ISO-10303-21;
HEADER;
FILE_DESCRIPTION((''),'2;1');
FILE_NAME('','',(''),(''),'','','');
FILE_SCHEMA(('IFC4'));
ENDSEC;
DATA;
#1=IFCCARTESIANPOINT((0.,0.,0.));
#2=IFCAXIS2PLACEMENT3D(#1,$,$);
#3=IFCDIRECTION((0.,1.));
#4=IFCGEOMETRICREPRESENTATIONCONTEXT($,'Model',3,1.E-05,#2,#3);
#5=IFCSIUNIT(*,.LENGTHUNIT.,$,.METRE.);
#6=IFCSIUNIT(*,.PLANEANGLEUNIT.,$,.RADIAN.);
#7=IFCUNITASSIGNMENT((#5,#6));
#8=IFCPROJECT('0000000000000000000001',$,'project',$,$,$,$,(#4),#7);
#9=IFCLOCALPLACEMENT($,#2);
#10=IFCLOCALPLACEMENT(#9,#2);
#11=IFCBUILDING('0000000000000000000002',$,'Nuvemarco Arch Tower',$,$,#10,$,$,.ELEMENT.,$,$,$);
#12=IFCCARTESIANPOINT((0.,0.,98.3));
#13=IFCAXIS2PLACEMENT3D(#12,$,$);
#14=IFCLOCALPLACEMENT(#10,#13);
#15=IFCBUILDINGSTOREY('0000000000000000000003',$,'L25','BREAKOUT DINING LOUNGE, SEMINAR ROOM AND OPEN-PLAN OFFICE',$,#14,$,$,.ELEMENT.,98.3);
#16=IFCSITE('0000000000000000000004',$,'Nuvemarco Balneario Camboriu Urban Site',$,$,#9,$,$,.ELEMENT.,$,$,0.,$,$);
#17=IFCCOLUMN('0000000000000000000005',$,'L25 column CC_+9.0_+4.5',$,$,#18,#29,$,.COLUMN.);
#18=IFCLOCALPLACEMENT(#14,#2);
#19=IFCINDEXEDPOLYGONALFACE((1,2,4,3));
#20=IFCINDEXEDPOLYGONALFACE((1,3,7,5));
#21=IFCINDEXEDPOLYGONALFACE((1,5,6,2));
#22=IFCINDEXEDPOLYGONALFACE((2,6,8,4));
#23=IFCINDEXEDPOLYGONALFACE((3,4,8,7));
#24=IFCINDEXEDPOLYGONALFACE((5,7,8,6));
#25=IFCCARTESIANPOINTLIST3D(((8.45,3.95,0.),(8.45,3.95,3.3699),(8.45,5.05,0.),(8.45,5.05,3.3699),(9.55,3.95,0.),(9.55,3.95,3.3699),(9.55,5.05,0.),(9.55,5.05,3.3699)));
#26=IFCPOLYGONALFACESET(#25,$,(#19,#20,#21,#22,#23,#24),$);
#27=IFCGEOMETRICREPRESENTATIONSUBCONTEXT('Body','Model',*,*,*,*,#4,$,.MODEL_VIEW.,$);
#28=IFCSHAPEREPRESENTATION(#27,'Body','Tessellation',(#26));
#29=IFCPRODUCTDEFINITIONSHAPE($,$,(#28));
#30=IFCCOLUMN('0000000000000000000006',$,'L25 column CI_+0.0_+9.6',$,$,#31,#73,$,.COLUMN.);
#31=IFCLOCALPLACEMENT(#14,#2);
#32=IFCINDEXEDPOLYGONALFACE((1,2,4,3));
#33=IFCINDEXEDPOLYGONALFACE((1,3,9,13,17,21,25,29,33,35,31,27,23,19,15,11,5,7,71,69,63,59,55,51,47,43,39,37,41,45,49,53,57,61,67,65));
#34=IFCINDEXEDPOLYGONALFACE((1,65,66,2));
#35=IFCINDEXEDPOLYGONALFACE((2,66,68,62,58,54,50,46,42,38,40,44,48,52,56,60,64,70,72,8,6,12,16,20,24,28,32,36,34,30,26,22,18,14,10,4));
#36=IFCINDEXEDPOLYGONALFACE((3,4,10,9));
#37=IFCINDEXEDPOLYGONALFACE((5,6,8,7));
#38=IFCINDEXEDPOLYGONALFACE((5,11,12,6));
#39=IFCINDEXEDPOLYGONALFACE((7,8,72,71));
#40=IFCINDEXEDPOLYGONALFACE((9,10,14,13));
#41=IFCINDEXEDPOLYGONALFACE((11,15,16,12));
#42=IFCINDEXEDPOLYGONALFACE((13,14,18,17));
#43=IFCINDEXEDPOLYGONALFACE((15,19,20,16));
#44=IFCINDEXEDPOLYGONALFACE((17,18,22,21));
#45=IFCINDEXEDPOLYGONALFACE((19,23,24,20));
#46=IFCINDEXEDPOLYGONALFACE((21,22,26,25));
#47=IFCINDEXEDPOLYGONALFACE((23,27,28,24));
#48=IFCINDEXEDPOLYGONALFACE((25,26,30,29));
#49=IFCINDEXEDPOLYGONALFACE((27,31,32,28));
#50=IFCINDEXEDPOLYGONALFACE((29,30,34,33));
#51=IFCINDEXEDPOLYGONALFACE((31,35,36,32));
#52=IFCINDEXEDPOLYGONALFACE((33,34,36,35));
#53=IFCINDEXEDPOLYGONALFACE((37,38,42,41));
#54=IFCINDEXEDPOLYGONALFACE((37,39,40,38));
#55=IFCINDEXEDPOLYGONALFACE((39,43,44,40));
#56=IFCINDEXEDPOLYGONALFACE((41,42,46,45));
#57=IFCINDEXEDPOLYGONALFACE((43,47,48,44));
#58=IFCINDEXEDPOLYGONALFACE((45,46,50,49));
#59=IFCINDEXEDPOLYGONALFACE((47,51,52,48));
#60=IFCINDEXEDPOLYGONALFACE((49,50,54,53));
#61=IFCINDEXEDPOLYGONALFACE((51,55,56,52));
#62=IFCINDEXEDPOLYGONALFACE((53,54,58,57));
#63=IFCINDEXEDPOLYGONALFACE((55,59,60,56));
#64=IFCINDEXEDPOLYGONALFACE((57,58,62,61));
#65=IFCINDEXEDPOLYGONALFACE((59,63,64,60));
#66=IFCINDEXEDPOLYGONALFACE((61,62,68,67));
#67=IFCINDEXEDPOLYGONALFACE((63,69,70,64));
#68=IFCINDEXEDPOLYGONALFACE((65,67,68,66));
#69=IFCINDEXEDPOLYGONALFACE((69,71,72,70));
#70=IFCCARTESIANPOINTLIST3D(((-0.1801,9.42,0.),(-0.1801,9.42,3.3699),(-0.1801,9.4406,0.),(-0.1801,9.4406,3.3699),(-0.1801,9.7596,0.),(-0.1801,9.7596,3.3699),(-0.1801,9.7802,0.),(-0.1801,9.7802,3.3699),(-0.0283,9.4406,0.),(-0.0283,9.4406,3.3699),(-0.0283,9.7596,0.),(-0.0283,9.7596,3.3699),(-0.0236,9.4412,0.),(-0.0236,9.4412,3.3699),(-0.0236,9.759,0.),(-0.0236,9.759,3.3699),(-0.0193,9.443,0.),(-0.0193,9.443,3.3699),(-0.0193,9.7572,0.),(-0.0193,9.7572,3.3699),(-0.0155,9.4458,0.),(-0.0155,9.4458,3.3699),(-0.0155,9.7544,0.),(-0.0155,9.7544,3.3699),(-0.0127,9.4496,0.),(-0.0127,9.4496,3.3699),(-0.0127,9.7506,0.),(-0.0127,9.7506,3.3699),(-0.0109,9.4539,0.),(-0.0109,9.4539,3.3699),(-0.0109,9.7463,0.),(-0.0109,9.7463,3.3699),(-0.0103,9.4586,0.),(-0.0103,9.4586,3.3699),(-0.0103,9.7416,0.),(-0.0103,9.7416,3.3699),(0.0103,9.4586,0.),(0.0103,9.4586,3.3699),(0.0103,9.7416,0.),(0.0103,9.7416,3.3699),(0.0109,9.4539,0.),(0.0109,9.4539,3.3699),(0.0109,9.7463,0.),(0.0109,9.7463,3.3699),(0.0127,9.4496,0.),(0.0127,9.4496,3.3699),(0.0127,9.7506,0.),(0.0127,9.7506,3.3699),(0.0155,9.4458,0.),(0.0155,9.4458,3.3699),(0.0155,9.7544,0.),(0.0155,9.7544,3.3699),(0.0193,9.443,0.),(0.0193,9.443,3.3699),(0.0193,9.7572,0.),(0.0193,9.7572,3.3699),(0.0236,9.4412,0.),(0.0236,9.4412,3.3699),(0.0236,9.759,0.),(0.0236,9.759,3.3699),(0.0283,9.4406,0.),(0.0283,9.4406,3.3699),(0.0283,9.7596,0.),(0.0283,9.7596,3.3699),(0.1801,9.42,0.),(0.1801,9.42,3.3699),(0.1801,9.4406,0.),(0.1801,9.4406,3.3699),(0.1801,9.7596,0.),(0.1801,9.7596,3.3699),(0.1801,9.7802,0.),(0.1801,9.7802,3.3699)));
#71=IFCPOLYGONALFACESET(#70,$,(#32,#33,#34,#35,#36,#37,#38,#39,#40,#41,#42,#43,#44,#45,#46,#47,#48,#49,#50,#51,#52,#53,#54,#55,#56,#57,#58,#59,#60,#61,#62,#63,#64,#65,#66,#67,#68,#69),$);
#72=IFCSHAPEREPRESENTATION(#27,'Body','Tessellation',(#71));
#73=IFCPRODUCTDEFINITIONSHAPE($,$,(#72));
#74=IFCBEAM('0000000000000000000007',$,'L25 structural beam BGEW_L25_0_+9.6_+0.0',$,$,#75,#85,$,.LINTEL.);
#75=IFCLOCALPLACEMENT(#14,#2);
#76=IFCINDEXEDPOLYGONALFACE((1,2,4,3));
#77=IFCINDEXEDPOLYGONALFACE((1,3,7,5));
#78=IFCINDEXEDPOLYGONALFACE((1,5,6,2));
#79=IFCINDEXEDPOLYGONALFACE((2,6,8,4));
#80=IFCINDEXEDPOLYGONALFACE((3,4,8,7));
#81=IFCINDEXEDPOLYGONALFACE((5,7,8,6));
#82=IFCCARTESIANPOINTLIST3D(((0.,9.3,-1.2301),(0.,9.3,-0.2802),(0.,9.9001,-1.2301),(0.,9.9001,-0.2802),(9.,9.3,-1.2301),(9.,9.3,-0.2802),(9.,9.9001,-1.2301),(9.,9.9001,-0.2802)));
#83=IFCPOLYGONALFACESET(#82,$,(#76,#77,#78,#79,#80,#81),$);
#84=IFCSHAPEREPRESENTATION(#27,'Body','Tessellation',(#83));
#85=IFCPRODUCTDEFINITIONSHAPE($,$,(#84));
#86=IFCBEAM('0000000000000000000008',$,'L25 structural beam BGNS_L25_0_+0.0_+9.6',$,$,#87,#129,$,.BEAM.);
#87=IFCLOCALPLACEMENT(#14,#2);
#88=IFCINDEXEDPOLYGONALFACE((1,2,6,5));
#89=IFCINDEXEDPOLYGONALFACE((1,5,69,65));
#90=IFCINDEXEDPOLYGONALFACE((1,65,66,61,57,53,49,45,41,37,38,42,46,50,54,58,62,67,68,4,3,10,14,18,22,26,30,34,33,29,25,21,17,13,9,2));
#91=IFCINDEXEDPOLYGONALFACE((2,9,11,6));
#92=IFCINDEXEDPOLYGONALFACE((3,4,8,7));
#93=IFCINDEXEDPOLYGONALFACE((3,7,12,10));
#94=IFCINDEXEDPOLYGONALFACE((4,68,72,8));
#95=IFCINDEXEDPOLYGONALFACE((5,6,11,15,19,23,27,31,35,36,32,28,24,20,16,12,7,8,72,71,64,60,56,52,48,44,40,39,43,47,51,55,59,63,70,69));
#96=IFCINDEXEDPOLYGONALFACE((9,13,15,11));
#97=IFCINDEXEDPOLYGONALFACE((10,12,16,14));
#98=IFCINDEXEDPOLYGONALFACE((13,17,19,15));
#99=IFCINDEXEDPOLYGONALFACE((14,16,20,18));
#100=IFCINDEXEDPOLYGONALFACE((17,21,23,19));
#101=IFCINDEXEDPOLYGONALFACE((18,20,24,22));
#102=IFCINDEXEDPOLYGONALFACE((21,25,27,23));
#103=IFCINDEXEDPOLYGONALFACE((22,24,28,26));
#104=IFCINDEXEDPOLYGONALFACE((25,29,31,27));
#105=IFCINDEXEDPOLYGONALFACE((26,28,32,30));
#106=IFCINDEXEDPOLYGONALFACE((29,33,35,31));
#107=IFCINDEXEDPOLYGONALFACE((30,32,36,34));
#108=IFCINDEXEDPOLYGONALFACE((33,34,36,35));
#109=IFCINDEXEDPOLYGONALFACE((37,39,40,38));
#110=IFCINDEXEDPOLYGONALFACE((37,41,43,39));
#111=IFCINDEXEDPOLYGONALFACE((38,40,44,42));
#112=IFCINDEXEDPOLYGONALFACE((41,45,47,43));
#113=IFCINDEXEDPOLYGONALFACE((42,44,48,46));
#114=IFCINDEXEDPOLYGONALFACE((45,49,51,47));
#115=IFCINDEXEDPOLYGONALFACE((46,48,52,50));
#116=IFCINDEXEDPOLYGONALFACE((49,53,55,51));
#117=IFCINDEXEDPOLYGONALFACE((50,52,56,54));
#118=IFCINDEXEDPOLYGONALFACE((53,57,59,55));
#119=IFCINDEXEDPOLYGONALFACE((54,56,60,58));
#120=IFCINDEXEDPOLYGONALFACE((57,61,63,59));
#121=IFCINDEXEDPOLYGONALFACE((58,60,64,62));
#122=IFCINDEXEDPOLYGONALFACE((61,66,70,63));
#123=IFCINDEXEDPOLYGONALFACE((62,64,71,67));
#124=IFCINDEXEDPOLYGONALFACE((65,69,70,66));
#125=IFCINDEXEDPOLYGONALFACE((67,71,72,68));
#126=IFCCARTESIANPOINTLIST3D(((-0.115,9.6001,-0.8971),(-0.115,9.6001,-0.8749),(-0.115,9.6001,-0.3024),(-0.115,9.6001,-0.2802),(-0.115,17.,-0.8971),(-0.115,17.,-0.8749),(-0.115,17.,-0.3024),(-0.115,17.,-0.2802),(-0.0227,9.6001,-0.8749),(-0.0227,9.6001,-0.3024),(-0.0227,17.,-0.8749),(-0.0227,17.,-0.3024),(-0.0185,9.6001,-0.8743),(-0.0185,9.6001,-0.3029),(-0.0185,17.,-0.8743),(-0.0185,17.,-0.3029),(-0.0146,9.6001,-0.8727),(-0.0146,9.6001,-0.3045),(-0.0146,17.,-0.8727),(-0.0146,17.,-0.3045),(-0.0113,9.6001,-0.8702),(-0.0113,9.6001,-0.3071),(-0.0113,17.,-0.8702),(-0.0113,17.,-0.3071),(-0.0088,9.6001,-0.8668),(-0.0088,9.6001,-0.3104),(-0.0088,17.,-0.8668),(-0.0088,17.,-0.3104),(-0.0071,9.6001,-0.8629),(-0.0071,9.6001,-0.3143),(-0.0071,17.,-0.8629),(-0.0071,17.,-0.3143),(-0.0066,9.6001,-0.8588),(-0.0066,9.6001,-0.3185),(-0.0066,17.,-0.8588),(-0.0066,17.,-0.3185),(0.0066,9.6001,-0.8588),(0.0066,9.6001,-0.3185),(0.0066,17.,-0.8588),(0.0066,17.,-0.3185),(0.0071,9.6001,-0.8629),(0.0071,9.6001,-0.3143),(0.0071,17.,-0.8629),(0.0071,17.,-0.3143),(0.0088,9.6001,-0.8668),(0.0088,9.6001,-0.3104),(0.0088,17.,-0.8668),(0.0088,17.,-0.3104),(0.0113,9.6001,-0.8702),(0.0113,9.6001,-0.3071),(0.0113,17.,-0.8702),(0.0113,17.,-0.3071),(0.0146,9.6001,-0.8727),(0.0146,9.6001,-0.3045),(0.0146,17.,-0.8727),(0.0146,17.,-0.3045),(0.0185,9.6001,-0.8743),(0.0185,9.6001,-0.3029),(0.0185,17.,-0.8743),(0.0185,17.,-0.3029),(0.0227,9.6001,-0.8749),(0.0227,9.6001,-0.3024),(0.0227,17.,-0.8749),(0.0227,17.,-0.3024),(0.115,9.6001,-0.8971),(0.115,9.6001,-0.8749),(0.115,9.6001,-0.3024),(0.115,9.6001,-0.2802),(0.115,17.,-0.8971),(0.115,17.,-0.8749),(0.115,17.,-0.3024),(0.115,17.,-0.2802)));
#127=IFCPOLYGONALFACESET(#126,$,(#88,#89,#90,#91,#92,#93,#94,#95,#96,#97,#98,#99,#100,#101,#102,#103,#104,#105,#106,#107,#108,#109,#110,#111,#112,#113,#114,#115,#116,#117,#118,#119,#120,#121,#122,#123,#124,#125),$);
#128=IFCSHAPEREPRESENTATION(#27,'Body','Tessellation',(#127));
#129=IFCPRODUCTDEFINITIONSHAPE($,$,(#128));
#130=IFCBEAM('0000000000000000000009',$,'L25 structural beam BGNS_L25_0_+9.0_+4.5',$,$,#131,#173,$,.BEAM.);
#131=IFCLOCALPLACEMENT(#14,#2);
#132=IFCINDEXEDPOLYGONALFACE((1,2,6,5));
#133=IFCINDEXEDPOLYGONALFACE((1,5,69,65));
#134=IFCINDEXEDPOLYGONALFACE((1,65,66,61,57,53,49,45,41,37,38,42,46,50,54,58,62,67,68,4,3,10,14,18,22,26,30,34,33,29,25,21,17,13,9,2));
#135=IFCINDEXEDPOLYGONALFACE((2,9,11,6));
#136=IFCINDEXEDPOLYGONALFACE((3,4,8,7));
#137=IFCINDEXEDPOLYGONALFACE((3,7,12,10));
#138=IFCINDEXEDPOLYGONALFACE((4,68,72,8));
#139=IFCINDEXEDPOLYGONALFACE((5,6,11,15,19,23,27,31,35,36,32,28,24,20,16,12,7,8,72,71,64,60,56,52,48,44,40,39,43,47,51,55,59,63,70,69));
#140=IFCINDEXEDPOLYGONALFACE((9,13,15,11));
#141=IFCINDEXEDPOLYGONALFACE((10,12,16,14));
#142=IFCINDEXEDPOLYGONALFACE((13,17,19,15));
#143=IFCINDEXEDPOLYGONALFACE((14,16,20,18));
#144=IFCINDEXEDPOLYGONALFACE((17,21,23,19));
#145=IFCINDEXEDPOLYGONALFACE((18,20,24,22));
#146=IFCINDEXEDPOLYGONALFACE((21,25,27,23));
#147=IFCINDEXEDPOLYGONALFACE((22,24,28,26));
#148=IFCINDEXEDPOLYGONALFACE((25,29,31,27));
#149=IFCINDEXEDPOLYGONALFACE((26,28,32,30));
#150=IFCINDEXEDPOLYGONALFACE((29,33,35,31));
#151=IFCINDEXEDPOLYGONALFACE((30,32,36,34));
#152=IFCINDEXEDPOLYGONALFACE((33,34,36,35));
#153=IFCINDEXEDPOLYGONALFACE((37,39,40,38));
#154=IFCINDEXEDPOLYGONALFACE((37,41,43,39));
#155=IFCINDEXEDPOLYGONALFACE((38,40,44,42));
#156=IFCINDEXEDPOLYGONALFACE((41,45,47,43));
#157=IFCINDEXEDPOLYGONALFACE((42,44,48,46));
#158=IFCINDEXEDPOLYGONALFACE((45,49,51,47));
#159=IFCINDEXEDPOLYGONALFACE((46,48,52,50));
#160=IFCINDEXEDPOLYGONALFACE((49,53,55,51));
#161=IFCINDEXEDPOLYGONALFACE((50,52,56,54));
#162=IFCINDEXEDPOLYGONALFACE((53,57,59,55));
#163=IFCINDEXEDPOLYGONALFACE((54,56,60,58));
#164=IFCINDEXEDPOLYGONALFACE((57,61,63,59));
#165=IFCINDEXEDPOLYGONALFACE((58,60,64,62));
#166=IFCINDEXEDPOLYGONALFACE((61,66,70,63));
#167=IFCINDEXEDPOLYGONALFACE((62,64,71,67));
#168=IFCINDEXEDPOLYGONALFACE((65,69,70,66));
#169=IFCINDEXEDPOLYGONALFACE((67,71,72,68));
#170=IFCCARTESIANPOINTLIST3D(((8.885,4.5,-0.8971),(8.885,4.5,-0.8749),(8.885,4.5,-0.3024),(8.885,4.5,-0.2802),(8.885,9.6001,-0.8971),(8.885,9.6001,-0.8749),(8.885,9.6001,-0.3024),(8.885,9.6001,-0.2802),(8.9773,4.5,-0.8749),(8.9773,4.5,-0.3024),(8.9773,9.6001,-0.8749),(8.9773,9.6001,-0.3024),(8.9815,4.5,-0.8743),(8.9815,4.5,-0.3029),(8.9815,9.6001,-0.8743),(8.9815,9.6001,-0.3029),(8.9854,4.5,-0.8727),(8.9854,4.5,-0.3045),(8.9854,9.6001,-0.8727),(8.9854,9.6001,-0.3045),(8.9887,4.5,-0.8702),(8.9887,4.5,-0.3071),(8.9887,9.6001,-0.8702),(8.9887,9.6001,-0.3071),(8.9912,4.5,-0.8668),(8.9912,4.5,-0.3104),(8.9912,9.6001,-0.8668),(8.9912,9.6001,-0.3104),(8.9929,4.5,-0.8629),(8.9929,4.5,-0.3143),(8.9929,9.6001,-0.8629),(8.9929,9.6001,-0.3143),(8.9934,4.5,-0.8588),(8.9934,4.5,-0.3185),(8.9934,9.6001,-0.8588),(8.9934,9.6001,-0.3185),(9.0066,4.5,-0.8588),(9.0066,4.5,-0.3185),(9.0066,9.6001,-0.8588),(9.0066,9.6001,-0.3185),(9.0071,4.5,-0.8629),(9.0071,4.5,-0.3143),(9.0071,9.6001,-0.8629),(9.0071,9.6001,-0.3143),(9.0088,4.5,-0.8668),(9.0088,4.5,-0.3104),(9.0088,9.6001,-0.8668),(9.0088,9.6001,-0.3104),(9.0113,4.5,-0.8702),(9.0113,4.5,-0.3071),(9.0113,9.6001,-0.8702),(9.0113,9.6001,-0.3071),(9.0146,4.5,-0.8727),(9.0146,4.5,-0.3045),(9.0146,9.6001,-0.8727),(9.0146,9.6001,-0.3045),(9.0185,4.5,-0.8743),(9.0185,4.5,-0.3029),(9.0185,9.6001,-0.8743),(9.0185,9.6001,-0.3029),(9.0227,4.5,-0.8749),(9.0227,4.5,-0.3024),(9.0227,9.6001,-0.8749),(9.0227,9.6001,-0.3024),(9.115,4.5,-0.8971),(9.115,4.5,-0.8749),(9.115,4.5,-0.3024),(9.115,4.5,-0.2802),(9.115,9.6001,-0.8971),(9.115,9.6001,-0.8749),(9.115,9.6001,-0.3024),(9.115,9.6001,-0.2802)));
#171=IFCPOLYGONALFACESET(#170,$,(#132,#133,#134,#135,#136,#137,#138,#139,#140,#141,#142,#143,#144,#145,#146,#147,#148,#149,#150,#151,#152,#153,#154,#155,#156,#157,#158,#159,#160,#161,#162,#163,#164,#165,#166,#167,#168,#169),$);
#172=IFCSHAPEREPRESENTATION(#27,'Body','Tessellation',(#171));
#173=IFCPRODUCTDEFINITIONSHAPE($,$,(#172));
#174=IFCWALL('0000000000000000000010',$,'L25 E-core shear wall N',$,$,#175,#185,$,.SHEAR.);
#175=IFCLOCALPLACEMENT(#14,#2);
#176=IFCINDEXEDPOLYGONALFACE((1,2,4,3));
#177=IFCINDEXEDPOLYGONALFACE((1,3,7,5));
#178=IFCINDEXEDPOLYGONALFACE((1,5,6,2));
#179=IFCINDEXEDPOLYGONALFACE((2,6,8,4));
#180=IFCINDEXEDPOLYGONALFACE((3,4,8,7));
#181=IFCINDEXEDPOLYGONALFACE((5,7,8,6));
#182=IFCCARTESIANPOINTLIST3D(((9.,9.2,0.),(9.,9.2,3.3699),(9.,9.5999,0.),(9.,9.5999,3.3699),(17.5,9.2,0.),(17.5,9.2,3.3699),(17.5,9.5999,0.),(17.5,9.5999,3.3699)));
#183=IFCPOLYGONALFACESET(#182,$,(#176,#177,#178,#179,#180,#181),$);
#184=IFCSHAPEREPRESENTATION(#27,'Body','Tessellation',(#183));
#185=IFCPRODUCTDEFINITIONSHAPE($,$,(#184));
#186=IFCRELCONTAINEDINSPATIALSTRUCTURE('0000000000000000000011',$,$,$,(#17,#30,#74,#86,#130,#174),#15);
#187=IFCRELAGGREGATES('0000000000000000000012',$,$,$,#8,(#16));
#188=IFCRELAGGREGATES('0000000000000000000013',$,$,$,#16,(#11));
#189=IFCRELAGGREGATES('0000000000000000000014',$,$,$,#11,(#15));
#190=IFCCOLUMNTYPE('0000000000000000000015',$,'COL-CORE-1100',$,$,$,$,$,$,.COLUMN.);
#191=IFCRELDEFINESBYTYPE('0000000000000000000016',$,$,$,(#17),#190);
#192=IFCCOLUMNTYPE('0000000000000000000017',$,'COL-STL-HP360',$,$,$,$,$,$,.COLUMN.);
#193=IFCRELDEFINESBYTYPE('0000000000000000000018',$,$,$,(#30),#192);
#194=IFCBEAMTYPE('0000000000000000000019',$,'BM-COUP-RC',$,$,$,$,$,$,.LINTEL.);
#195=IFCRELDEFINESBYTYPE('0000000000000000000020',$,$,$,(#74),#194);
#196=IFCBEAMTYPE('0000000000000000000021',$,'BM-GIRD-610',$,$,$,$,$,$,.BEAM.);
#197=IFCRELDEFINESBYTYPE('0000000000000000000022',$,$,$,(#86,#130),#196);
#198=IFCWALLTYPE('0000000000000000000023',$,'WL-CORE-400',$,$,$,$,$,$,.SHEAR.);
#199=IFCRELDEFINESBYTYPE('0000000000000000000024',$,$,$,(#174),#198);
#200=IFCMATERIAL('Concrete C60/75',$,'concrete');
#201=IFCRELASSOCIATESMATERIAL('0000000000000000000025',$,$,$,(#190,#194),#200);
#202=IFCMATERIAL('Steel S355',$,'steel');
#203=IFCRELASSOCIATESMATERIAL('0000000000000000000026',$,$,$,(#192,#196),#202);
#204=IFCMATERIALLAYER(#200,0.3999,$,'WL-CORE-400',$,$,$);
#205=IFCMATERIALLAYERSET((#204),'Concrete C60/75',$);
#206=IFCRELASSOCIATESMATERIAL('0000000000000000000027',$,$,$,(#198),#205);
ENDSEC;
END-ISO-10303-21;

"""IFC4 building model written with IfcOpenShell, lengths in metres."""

from ifc_helpers import new_model, si_unit, direction, frame, frame_2d, origin, origin_2d, place, context, subcontext, project, spatial, rectangle, i_section, extrude, material, layer, layer_set, material_profile, profile_set, type_object, element, save


model = new_model("IFC4")

# Units and contexts
model_context = context("Model", 3, precision=1e-05, world=origin(), true_north=direction((0.0, 1.0)))
body_context = subcontext(model_context, "Body", "Model", "MODEL_VIEW")
ifc_project = project(units=[si_unit("LENGTHUNIT", "METRE"), si_unit("PLANEANGLEUNIT", "RADIAN")], contexts=[model_context])

# Site, building, storey
site_placement = place(None, origin())
site = spatial("IfcSite", under=ifc_project, at=site_placement, Name="Nuvemarco Balneario Camboriu Urban Site", CompositionType="ELEMENT", RefElevation=0.0)
building_placement = place(site_placement, origin())
building = spatial("IfcBuilding", under=site, at=building_placement, Name="Nuvemarco Arch Tower", CompositionType="ELEMENT")
storey_placement = place(building_placement, frame((0.0, 0.0, 98.3)))
storey = spatial("IfcBuildingStorey", under=building, at=storey_placement, Name="L25", Description="BREAKOUT DINING LOUNGE, SEMINAR ROOM AND OPEN-PLAN OFFICE", CompositionType="ELEMENT", Elevation=98.3)

# Columns
ifc_material_1 = material(Name="Concrete C60/75", Category="concrete")
ifc_material_profile_1 = material_profile(ifc_material_1, rectangle(XDim=1.1001, YDim=1.1001, at=origin_2d()), Name="RC-COL-1100x1100")
ifc_profile_set_1 = profile_set([ifc_material_profile_1], Name="Concrete C60/75")
column_type_1 = type_object("IfcColumnType", Name="COL-CORE-1100", PredefinedType="COLUMN", material=ifc_profile_set_1)
column_1_placement = place(storey_placement, frame((9.0, 4.5, 0.0), z_axis=(0.0, 0.0, 1.0), x_axis=(1.0, 0.0, 0.0)))
element("IfcColumn", 1, at=column_1_placement, inside=storey, type_object=column_type_1, Name="L25 column CC_+9.0_+4.5", PredefinedType="COLUMN", context=body_context, shape_type="SweptSolid", body=[
    extrude(rectangle(XDim=1.1001, YDim=1.1001, at=origin_2d()), origin(), (0.0, 0.0, 1.0), 3.3699),
])
ifc_material_2 = material(Name="Steel S355", Category="steel")
ifc_material_profile_2 = material_profile(ifc_material_2, i_section(OverallWidth=0.3601, OverallDepth=0.3601, WebThickness=0.0205, FlangeThickness=0.0205, FilletRadius=0.0181, at=origin_2d()), Name="HP360x174")
ifc_profile_set_2 = profile_set([ifc_material_profile_2], Name="Steel S355")
column_type_2 = type_object("IfcColumnType", Name="COL-STL-HP360", PredefinedType="COLUMN", material=ifc_profile_set_2)
column_2_placement = place(storey_placement, frame((0.0, 9.6001, 0.0), z_axis=(0.0, 0.0, 1.0), x_axis=(1.0, 0.0, 0.0)))
element("IfcColumn", 2, at=column_2_placement, inside=storey, type_object=column_type_2, Name="L25 column CI_+0.0_+9.6", PredefinedType="COLUMN", context=body_context, shape_type="SweptSolid", body=[
    extrude(i_section(OverallWidth=0.3601, OverallDepth=0.3601, WebThickness=0.0205, FlangeThickness=0.0205, FilletRadius=0.0181, at=origin_2d()), origin(), (0.0, 0.0, 1.0), 3.3699),
])

# Beams
ifc_material_profile_3 = material_profile(ifc_material_1, rectangle(XDim=0.6001, YDim=0.95, at=origin_2d()), Name="RC-BM-600x950")
ifc_profile_set_3 = profile_set([ifc_material_profile_3], Name="Concrete C60/75")
beam_type_1 = type_object("IfcBeamType", Name="BM-COUP-RC", PredefinedType="LINTEL", material=ifc_profile_set_3)
beam_1_placement = place(storey_placement, frame((0.0, 9.6001, -0.7551), z_axis=(1.0, 0.0, 0.0), x_axis=(0.0, 1.0, 0.0)))
element("IfcBeam", 3, at=beam_1_placement, inside=storey, type_object=beam_type_1, Name="L25 structural beam BGEW_L25_0_+9.6_+0.0", PredefinedType="LINTEL", context=body_context, shape_type="SweptSolid", body=[
    extrude(rectangle(XDim=0.6001, YDim=0.95, at=origin_2d()), origin(), (0.0, 0.0, 1.0), 9.0),
])
ifc_material_profile_4 = material_profile(ifc_material_2, i_section(OverallWidth=0.23, OverallDepth=0.6169, WebThickness=0.0132, FlangeThickness=0.0222, FilletRadius=0.0161, at=origin_2d()), Name="W610x140")
ifc_profile_set_4 = profile_set([ifc_material_profile_4], Name="Steel S355")
beam_type_2 = type_object("IfcBeamType", Name="BM-GIRD-610", PredefinedType="BEAM", material=ifc_profile_set_4)
beam_2_placement = place(storey_placement, frame((0.0, 9.6001, -0.5886), z_axis=(0.0, 1.0, 0.0), x_axis=(-1.0, 0.0, 0.0)))
element("IfcBeam", 4, at=beam_2_placement, inside=storey, type_object=beam_type_2, Name="L25 structural beam BGNS_L25_0_+0.0_+9.6", PredefinedType="BEAM", context=body_context, shape_type="SweptSolid", body=[
    extrude(i_section(OverallWidth=0.23, OverallDepth=0.6169, WebThickness=0.0132, FlangeThickness=0.0222, FilletRadius=0.0161, at=origin_2d()), origin(), (0.0, 0.0, 1.0), 7.3999),
])
beam_3_placement = place(storey_placement, frame((9.0, 4.5, -0.5886), z_axis=(0.0, 1.0, 0.0), x_axis=(-1.0, 0.0, 0.0)))
element("IfcBeam", 5, at=beam_3_placement, inside=storey, type_object=beam_type_2, Name="L25 structural beam BGNS_L25_0_+9.0_+4.5", PredefinedType="BEAM", context=body_context, shape_type="SweptSolid", body=[
    extrude(i_section(OverallWidth=0.23, OverallDepth=0.6169, WebThickness=0.0132, FlangeThickness=0.0222, FilletRadius=0.0161, at=origin_2d()), origin(), (0.0, 0.0, 1.0), 5.1001),
])

# Wall
ifc_layer_1 = layer(ifc_material_1, 0.3999, Name="WL-CORE-400")
ifc_layer_set_1 = layer_set([ifc_layer_1], Name="Concrete C60/75")
wall_type_1 = type_object("IfcWallType", Name="WL-CORE-400", PredefinedType="SHEAR", material=ifc_layer_set_1)
wall_1_placement = place(storey_placement, frame((9.0, 9.3999, 0.0), z_axis=(0.0, 0.0, 1.0), x_axis=(1.0, 0.0, 0.0)))
element("IfcWall", 6, at=wall_1_placement, inside=storey, type_object=wall_type_1, Name="L25 E-core shear wall N", PredefinedType="SHEAR", context=body_context, shape_type="SweptSolid", body=[
    extrude(rectangle(XDim=8.5, YDim=0.3999, at=frame_2d((4.25, 0.0))), origin(), (0.0, 0.0, 1.0), 3.3699),
])

save(model, "model.ifc")
